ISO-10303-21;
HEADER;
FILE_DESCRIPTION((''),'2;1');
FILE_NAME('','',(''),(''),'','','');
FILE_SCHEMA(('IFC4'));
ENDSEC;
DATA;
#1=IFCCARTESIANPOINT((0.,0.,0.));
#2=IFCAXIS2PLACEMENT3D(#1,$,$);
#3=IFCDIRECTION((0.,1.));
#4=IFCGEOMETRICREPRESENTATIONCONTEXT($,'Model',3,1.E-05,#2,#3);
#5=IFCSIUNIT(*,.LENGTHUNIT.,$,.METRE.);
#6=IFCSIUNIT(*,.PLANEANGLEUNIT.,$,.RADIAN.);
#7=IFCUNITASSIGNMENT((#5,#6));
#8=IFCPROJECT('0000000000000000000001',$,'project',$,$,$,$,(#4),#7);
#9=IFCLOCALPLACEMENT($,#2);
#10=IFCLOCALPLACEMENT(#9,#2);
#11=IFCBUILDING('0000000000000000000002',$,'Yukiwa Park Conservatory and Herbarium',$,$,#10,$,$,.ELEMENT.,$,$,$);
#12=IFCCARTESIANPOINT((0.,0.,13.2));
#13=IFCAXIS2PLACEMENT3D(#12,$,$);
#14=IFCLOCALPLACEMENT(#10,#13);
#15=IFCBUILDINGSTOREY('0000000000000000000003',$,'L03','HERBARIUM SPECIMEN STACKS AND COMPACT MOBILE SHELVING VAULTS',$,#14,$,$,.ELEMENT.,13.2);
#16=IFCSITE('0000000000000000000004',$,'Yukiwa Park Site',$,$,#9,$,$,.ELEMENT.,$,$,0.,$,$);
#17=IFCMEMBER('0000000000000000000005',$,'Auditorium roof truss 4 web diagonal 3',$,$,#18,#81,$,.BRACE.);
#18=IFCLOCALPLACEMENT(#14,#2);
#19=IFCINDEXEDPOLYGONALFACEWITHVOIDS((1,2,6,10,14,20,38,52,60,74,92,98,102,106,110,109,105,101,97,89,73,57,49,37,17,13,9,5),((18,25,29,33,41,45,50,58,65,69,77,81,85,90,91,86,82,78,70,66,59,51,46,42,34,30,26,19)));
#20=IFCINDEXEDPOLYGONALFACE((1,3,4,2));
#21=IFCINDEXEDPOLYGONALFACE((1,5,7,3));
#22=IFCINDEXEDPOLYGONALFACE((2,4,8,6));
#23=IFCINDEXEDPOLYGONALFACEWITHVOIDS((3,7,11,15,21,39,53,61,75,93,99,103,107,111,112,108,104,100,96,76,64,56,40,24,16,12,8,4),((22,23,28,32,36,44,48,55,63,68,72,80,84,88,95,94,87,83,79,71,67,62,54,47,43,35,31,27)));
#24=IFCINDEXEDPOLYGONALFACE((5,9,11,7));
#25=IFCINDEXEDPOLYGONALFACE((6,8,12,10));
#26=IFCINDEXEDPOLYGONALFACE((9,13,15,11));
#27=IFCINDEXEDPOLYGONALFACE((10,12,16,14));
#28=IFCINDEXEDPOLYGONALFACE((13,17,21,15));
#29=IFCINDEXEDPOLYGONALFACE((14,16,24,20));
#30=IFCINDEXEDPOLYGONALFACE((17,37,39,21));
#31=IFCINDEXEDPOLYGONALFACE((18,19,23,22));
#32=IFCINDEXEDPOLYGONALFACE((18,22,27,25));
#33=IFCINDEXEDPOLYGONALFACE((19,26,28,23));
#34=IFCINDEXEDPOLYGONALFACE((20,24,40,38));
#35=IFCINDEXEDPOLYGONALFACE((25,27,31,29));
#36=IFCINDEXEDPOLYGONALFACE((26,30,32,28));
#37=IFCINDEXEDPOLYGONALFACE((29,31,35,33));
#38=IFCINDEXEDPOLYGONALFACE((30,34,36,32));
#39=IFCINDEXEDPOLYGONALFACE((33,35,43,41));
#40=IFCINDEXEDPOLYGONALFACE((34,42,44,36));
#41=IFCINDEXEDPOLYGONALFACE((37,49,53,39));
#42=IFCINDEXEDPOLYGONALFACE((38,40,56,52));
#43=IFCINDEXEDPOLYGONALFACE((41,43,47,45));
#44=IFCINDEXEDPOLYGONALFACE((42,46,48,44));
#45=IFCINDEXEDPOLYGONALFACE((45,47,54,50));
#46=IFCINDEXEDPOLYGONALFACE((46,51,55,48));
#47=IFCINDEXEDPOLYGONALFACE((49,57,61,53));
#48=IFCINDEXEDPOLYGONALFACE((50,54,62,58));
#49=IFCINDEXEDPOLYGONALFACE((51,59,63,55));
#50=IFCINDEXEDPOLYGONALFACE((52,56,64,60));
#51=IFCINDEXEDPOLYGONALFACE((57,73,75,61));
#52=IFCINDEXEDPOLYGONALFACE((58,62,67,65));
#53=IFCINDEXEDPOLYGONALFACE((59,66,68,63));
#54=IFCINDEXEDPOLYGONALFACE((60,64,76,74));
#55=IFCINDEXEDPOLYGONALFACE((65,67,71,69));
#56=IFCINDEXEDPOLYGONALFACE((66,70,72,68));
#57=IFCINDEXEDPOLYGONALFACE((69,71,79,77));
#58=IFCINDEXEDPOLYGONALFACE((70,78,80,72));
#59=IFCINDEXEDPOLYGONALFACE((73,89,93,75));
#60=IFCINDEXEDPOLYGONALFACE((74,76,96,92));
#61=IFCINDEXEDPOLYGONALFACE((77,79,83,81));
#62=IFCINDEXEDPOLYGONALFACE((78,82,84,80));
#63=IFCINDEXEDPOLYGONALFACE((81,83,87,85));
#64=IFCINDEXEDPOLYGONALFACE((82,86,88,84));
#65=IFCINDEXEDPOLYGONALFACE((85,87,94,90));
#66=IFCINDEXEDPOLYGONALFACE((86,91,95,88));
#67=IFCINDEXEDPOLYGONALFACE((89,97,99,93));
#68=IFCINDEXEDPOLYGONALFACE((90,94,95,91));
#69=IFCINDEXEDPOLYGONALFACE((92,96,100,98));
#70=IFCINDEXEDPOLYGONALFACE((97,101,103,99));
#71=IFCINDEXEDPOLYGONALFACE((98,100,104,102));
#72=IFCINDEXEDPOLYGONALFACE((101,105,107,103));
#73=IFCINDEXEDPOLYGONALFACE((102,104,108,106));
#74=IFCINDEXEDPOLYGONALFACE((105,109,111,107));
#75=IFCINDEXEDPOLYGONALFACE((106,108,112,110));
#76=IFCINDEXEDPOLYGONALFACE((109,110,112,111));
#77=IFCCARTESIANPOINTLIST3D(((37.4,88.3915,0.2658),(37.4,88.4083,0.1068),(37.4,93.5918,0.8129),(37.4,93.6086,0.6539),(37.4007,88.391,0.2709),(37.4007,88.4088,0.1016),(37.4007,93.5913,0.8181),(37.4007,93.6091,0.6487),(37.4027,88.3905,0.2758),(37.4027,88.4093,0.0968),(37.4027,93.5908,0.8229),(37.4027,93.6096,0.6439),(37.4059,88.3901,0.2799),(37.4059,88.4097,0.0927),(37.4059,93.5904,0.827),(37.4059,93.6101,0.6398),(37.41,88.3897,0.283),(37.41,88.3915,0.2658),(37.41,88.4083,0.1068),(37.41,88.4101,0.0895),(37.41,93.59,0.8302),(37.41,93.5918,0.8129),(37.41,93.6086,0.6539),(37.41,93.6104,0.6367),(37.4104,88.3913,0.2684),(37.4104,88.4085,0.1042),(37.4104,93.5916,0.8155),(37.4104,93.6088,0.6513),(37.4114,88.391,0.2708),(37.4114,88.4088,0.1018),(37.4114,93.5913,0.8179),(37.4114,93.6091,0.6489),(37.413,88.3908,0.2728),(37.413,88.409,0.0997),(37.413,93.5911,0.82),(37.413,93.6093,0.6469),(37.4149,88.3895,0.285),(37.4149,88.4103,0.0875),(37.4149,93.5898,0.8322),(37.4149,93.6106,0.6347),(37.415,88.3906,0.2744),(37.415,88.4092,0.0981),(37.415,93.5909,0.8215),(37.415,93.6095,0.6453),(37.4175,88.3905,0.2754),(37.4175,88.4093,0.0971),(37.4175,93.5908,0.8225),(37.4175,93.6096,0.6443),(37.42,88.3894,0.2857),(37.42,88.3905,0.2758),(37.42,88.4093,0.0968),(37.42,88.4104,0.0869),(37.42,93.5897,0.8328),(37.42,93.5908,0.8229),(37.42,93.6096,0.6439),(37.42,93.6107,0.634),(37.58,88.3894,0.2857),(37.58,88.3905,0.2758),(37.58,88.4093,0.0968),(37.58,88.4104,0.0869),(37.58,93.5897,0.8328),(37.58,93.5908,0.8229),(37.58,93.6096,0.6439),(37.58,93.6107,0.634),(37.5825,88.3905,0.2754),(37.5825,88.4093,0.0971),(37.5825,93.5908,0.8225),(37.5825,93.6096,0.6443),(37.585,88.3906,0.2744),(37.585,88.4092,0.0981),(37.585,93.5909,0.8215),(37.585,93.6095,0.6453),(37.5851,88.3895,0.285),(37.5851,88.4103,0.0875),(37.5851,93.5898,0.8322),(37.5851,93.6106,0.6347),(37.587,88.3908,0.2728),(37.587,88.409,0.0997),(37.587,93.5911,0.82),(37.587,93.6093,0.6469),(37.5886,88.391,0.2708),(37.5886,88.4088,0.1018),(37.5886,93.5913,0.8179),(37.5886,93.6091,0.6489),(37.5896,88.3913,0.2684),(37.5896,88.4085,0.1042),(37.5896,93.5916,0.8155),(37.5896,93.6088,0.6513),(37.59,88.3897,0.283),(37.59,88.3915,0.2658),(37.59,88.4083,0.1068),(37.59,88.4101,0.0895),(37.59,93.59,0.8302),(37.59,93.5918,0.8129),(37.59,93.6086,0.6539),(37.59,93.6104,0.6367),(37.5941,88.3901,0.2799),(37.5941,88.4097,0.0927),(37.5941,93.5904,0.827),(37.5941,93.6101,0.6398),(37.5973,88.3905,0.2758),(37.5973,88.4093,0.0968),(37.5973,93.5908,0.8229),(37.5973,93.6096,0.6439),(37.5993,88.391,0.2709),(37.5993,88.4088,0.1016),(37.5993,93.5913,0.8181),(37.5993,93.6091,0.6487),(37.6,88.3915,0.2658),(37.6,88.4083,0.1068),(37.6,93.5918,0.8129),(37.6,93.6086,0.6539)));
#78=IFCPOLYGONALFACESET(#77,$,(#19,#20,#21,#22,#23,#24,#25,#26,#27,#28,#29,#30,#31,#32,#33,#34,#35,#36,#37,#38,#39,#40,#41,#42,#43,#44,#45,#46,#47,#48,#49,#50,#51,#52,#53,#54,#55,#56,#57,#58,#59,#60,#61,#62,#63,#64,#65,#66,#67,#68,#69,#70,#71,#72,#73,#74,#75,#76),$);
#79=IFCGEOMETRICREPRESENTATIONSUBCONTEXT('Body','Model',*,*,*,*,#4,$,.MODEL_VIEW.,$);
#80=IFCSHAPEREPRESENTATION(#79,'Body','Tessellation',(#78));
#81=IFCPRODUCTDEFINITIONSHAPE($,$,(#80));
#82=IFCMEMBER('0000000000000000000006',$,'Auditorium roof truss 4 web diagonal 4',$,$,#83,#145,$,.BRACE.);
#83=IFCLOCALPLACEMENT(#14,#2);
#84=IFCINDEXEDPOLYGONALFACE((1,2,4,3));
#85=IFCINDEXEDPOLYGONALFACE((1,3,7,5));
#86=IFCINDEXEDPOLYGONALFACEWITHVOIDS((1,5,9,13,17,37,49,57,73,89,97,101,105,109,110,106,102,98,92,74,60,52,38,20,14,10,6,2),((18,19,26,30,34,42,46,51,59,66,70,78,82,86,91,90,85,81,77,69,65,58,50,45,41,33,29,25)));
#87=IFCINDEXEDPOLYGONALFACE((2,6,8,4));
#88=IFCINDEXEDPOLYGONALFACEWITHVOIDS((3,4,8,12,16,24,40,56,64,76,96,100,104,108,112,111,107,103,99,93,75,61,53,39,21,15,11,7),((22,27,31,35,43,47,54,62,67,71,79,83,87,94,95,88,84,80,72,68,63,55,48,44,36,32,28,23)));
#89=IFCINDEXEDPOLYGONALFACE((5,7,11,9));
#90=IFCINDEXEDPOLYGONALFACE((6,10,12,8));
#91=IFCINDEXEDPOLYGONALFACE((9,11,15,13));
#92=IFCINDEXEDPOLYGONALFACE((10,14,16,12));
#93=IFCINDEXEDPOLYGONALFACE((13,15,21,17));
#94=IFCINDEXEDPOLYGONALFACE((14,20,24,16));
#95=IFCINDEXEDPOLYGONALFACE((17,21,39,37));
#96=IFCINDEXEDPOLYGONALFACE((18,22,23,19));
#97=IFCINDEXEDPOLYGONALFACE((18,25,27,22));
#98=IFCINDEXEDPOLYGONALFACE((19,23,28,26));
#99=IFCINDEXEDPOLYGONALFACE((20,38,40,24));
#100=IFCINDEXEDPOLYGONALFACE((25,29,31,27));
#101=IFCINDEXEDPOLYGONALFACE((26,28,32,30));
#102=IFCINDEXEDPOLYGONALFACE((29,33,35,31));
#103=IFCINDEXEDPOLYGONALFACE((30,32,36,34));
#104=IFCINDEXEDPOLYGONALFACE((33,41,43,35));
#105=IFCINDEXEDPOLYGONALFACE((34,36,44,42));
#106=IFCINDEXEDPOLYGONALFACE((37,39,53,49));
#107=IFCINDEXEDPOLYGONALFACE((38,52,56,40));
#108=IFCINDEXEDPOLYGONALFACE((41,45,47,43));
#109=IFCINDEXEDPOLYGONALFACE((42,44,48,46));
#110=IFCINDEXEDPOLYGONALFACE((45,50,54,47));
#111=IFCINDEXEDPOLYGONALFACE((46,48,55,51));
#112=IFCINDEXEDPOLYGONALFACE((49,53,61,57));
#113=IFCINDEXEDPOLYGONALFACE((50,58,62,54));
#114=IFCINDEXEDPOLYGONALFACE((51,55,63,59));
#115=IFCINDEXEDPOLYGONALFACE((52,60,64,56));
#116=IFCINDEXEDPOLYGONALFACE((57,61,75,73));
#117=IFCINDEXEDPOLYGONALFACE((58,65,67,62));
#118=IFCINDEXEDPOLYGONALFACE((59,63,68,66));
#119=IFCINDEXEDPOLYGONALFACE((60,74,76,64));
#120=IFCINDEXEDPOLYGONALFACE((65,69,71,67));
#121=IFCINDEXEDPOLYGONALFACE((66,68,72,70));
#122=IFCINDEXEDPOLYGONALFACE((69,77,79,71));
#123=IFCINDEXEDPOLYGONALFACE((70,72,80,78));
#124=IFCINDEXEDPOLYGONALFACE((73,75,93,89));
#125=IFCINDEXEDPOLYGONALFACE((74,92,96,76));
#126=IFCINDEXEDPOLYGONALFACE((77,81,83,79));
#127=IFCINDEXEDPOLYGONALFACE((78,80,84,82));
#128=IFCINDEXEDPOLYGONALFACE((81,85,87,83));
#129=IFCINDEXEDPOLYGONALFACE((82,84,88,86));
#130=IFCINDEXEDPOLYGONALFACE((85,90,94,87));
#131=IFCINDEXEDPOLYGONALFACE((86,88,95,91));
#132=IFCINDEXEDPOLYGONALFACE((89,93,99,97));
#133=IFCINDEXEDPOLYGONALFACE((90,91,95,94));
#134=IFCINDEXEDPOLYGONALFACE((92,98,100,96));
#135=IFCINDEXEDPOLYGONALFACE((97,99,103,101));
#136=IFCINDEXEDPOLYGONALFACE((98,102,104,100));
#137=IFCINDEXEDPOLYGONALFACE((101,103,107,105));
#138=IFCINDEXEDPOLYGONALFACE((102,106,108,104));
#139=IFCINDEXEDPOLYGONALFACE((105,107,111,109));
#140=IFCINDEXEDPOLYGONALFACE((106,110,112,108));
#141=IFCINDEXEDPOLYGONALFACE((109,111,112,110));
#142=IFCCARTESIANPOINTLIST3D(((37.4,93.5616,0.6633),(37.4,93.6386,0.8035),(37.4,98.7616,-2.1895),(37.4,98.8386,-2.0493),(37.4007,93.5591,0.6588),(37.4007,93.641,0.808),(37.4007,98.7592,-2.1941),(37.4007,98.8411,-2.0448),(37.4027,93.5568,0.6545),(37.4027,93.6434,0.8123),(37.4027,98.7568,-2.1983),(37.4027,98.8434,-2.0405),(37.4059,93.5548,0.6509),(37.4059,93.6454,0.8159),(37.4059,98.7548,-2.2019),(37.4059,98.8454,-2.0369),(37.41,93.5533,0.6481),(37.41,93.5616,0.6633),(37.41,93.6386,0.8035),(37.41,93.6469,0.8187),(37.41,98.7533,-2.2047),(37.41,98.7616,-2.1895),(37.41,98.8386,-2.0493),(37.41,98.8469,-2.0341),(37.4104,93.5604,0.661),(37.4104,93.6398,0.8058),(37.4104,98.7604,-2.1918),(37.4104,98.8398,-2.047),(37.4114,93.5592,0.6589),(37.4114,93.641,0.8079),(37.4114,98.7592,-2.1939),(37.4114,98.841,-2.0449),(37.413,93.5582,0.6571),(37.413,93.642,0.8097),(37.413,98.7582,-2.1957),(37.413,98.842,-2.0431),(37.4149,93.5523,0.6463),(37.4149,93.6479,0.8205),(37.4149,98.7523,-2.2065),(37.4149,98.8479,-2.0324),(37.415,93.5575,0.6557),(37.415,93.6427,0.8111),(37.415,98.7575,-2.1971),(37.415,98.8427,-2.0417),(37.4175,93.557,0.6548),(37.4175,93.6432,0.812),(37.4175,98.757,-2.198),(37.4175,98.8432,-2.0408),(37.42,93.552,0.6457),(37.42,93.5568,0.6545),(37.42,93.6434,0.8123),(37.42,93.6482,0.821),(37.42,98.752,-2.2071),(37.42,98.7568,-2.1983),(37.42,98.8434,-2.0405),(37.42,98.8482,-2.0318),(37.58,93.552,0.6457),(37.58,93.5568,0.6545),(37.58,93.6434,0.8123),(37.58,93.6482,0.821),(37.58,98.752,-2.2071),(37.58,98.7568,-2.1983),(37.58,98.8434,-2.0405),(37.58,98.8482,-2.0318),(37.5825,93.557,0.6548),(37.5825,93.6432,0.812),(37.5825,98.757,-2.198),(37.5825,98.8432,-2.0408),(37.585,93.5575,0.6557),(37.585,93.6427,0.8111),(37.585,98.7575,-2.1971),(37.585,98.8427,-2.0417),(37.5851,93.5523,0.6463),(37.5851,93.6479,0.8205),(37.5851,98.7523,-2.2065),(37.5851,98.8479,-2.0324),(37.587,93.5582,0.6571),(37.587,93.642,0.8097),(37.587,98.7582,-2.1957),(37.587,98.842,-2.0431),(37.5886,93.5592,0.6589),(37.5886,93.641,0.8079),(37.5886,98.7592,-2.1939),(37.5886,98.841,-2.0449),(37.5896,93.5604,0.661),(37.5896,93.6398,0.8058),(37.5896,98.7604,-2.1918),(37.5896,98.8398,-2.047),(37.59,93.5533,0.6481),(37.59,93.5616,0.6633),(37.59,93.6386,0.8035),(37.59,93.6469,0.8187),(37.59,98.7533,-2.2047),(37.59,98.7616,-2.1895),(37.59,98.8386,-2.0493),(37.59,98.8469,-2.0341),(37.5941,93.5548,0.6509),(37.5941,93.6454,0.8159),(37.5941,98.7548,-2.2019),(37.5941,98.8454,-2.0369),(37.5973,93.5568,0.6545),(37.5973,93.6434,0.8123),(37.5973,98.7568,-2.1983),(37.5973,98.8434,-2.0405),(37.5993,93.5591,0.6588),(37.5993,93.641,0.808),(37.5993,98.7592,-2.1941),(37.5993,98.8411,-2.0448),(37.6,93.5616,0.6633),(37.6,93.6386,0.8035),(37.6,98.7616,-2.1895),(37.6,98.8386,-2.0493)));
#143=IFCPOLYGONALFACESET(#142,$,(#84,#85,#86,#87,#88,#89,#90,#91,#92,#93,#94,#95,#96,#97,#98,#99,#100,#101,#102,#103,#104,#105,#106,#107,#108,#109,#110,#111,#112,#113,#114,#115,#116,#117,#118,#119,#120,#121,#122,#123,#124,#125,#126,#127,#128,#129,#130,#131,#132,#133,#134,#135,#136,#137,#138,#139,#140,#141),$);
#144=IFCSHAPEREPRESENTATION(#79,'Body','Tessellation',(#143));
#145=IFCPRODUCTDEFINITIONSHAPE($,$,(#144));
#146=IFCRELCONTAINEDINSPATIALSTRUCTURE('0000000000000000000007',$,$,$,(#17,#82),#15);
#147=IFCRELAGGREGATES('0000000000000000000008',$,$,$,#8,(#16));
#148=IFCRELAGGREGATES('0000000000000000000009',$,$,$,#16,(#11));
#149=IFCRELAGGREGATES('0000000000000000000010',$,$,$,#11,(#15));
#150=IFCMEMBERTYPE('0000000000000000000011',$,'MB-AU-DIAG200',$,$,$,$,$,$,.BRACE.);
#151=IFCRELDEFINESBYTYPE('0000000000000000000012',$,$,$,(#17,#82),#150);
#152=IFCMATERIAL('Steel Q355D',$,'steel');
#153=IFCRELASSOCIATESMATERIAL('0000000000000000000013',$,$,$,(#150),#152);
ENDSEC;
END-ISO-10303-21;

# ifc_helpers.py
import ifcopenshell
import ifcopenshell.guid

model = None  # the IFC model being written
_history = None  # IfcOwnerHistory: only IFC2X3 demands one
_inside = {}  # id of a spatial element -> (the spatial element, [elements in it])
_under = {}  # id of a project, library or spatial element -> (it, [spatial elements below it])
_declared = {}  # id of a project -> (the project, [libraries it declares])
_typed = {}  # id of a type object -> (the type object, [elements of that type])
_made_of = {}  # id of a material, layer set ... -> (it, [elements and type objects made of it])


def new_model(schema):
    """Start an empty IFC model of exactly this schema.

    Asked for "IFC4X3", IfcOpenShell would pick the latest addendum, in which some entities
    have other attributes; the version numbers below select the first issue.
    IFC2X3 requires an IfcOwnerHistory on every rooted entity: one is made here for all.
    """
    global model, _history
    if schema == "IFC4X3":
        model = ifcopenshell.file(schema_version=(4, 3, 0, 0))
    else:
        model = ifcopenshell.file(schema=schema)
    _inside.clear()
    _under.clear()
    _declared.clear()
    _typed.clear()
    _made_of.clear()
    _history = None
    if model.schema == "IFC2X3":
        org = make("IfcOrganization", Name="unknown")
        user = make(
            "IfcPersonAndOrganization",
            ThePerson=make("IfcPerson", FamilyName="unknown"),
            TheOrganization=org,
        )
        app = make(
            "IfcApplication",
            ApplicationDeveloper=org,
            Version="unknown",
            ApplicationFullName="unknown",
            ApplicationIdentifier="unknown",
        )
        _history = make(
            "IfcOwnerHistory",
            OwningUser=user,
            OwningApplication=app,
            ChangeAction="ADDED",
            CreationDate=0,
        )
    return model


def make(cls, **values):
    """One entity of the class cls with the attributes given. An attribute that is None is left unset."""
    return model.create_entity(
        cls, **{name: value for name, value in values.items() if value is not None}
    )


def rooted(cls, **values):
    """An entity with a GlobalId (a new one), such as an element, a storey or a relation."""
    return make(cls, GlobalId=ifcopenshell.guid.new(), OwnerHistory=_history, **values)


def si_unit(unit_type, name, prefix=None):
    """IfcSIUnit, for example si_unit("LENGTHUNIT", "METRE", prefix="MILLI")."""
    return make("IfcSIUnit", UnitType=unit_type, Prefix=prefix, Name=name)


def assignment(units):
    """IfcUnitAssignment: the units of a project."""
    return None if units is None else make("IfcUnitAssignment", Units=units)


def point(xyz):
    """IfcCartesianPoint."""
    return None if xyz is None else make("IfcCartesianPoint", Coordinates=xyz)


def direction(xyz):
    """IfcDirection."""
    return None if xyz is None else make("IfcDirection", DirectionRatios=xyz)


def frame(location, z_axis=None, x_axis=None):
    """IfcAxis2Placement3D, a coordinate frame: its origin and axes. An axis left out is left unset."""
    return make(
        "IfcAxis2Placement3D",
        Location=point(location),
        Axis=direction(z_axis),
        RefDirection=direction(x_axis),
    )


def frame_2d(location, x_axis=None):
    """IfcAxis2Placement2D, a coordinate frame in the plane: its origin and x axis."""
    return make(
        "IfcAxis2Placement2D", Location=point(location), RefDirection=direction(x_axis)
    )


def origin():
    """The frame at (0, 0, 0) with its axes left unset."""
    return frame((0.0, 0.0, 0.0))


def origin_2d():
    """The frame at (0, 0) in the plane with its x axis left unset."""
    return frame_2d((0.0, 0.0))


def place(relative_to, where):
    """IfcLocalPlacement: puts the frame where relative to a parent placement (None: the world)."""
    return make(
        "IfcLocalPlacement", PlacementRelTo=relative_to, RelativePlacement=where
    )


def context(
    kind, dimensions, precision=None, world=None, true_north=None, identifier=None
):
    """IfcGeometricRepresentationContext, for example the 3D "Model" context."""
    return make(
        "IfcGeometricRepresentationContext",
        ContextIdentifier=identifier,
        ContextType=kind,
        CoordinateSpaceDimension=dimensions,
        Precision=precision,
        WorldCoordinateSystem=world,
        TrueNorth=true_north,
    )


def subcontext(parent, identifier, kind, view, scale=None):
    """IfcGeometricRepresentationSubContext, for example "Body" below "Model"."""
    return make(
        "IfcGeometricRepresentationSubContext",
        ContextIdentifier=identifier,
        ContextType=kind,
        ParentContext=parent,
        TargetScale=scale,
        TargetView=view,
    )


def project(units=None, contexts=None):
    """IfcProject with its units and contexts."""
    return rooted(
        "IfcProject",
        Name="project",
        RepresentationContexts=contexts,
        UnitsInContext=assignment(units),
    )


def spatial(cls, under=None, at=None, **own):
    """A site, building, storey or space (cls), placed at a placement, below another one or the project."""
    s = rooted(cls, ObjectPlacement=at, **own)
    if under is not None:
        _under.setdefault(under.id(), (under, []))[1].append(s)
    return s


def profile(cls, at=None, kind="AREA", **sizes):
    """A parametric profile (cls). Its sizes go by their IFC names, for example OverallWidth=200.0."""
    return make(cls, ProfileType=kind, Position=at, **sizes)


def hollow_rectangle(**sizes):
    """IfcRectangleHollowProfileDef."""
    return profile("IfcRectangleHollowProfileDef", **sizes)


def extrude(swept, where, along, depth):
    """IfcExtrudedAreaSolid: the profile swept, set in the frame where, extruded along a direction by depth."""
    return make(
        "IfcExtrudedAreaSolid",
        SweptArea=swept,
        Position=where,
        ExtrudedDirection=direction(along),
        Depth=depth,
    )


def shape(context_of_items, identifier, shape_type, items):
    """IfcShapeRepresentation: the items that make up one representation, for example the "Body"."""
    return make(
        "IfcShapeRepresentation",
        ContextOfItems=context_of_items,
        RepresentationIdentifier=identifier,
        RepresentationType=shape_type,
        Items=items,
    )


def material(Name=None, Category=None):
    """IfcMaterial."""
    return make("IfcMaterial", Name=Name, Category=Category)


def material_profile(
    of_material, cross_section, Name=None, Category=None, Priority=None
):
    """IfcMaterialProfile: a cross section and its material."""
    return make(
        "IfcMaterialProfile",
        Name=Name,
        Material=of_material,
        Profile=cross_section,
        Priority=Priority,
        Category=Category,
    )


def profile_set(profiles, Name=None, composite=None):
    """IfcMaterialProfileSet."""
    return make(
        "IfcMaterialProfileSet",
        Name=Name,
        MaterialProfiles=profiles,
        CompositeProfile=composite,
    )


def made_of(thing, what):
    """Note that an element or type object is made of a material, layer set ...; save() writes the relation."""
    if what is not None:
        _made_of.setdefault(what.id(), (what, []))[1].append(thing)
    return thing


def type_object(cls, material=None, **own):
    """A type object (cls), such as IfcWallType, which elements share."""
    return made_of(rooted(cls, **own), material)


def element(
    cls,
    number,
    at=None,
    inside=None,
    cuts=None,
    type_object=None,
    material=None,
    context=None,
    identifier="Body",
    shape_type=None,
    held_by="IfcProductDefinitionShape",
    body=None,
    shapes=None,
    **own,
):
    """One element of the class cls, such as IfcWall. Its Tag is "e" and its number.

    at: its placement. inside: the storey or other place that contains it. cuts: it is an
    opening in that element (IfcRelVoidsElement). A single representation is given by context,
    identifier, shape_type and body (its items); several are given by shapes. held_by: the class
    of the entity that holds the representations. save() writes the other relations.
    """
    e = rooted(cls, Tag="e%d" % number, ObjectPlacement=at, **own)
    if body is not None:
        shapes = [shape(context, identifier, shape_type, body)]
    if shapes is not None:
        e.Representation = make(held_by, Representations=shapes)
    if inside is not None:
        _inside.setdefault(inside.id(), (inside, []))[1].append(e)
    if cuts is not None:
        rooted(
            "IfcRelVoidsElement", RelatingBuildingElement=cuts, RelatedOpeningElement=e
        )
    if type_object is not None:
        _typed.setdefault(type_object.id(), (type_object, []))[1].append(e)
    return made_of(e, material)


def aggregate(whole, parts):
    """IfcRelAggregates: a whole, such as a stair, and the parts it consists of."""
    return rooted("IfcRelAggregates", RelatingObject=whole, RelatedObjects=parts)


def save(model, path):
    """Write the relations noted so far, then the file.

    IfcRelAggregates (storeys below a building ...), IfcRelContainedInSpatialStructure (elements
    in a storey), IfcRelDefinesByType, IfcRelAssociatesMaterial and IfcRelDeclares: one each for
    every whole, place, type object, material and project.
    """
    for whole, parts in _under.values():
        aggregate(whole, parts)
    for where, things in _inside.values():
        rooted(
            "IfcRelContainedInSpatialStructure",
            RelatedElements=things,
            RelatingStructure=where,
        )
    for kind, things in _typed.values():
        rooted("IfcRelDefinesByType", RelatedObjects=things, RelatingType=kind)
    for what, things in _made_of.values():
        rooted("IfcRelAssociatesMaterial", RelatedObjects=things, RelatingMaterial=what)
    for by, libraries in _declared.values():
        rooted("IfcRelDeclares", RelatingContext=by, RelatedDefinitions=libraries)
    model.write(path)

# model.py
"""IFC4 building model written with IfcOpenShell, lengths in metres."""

from ifc_helpers import new_model, si_unit, direction, frame, origin, origin_2d, place, context, subcontext, project, spatial, hollow_rectangle, extrude, material, material_profile, profile_set, type_object, element, save


model = new_model("IFC4")

# Units and contexts
model_context = context("Model", 3, precision=1e-05, world=origin(), true_north=direction((0.0, 1.0)))
body_context = subcontext(model_context, "Body", "Model", "MODEL_VIEW")
ifc_project = project(units=[si_unit("LENGTHUNIT", "METRE"), si_unit("PLANEANGLEUNIT", "RADIAN")], contexts=[model_context])

# Site, building, storey
site_placement = place(None, origin())
site = spatial("IfcSite", under=ifc_project, at=site_placement, Name="Yukiwa Park Site", CompositionType="ELEMENT", RefElevation=0.0)
building_placement = place(site_placement, origin())
building = spatial("IfcBuilding", under=site, at=building_placement, Name="Yukiwa Park Conservatory and Herbarium", CompositionType="ELEMENT")
storey_placement = place(building_placement, frame((0.0, 0.0, 13.2)))
storey = spatial("IfcBuildingStorey", under=building, at=storey_placement, Name="L03", Description="HERBARIUM SPECIMEN STACKS AND COMPACT MOBILE SHELVING VAULTS", CompositionType="ELEMENT", Elevation=13.2)

# Members
ifc_material_1 = material(Name="Steel Q355D", Category="steel")
ifc_material_profile_1 = material_profile(ifc_material_1, hollow_rectangle(XDim=0.2, YDim=0.2, WallThickness=0.01, InnerFilletRadius=0.01, OuterFilletRadius=0.02, at=origin_2d()), Name="SHS 200x200x10")
ifc_profile_set_1 = profile_set([ifc_material_profile_1], Name="Steel Q355D")
member_type_1 = type_object("IfcMemberType", Name="MB-AU-DIAG200", PredefinedType="BRACE", material=ifc_profile_set_1)
member_1_placement = place(storey_placement, frame((37.5, 88.3999, 0.1863), z_axis=(0.0, 0.994511, 0.104634), x_axis=(-1.0, 0.0, 0.0)))
element("IfcMember", 1, at=member_1_placement, inside=storey, type_object=member_type_1, Name="Auditorium roof truss 4 web diagonal 3", PredefinedType="BRACE", context=body_context, shape_type="SweptSolid", body=[
    extrude(hollow_rectangle(XDim=0.2, YDim=0.2, WallThickness=0.01, InnerFilletRadius=0.01, OuterFilletRadius=0.02, at=origin_2d()), origin(), (0.0, 0.0, 1.0), 5.229),
])
member_2_placement = place(storey_placement, frame((37.5, 93.6001, 0.7334), z_axis=(0.0, 0.876727, -0.480988), x_axis=(-1.0, 0.0, 0.0)))
element("IfcMember", 2, at=member_2_placement, inside=storey, type_object=member_type_1, Name="Auditorium roof truss 4 web diagonal 4", PredefinedType="BRACE", context=body_context, shape_type="SweptSolid", body=[
    extrude(hollow_rectangle(XDim=0.2, YDim=0.2, WallThickness=0.01, InnerFilletRadius=0.01, OuterFilletRadius=0.02, at=origin_2d()), origin(), (0.0, 0.0, 1.0), 5.9312),
])

save(model, "model.ifc")
